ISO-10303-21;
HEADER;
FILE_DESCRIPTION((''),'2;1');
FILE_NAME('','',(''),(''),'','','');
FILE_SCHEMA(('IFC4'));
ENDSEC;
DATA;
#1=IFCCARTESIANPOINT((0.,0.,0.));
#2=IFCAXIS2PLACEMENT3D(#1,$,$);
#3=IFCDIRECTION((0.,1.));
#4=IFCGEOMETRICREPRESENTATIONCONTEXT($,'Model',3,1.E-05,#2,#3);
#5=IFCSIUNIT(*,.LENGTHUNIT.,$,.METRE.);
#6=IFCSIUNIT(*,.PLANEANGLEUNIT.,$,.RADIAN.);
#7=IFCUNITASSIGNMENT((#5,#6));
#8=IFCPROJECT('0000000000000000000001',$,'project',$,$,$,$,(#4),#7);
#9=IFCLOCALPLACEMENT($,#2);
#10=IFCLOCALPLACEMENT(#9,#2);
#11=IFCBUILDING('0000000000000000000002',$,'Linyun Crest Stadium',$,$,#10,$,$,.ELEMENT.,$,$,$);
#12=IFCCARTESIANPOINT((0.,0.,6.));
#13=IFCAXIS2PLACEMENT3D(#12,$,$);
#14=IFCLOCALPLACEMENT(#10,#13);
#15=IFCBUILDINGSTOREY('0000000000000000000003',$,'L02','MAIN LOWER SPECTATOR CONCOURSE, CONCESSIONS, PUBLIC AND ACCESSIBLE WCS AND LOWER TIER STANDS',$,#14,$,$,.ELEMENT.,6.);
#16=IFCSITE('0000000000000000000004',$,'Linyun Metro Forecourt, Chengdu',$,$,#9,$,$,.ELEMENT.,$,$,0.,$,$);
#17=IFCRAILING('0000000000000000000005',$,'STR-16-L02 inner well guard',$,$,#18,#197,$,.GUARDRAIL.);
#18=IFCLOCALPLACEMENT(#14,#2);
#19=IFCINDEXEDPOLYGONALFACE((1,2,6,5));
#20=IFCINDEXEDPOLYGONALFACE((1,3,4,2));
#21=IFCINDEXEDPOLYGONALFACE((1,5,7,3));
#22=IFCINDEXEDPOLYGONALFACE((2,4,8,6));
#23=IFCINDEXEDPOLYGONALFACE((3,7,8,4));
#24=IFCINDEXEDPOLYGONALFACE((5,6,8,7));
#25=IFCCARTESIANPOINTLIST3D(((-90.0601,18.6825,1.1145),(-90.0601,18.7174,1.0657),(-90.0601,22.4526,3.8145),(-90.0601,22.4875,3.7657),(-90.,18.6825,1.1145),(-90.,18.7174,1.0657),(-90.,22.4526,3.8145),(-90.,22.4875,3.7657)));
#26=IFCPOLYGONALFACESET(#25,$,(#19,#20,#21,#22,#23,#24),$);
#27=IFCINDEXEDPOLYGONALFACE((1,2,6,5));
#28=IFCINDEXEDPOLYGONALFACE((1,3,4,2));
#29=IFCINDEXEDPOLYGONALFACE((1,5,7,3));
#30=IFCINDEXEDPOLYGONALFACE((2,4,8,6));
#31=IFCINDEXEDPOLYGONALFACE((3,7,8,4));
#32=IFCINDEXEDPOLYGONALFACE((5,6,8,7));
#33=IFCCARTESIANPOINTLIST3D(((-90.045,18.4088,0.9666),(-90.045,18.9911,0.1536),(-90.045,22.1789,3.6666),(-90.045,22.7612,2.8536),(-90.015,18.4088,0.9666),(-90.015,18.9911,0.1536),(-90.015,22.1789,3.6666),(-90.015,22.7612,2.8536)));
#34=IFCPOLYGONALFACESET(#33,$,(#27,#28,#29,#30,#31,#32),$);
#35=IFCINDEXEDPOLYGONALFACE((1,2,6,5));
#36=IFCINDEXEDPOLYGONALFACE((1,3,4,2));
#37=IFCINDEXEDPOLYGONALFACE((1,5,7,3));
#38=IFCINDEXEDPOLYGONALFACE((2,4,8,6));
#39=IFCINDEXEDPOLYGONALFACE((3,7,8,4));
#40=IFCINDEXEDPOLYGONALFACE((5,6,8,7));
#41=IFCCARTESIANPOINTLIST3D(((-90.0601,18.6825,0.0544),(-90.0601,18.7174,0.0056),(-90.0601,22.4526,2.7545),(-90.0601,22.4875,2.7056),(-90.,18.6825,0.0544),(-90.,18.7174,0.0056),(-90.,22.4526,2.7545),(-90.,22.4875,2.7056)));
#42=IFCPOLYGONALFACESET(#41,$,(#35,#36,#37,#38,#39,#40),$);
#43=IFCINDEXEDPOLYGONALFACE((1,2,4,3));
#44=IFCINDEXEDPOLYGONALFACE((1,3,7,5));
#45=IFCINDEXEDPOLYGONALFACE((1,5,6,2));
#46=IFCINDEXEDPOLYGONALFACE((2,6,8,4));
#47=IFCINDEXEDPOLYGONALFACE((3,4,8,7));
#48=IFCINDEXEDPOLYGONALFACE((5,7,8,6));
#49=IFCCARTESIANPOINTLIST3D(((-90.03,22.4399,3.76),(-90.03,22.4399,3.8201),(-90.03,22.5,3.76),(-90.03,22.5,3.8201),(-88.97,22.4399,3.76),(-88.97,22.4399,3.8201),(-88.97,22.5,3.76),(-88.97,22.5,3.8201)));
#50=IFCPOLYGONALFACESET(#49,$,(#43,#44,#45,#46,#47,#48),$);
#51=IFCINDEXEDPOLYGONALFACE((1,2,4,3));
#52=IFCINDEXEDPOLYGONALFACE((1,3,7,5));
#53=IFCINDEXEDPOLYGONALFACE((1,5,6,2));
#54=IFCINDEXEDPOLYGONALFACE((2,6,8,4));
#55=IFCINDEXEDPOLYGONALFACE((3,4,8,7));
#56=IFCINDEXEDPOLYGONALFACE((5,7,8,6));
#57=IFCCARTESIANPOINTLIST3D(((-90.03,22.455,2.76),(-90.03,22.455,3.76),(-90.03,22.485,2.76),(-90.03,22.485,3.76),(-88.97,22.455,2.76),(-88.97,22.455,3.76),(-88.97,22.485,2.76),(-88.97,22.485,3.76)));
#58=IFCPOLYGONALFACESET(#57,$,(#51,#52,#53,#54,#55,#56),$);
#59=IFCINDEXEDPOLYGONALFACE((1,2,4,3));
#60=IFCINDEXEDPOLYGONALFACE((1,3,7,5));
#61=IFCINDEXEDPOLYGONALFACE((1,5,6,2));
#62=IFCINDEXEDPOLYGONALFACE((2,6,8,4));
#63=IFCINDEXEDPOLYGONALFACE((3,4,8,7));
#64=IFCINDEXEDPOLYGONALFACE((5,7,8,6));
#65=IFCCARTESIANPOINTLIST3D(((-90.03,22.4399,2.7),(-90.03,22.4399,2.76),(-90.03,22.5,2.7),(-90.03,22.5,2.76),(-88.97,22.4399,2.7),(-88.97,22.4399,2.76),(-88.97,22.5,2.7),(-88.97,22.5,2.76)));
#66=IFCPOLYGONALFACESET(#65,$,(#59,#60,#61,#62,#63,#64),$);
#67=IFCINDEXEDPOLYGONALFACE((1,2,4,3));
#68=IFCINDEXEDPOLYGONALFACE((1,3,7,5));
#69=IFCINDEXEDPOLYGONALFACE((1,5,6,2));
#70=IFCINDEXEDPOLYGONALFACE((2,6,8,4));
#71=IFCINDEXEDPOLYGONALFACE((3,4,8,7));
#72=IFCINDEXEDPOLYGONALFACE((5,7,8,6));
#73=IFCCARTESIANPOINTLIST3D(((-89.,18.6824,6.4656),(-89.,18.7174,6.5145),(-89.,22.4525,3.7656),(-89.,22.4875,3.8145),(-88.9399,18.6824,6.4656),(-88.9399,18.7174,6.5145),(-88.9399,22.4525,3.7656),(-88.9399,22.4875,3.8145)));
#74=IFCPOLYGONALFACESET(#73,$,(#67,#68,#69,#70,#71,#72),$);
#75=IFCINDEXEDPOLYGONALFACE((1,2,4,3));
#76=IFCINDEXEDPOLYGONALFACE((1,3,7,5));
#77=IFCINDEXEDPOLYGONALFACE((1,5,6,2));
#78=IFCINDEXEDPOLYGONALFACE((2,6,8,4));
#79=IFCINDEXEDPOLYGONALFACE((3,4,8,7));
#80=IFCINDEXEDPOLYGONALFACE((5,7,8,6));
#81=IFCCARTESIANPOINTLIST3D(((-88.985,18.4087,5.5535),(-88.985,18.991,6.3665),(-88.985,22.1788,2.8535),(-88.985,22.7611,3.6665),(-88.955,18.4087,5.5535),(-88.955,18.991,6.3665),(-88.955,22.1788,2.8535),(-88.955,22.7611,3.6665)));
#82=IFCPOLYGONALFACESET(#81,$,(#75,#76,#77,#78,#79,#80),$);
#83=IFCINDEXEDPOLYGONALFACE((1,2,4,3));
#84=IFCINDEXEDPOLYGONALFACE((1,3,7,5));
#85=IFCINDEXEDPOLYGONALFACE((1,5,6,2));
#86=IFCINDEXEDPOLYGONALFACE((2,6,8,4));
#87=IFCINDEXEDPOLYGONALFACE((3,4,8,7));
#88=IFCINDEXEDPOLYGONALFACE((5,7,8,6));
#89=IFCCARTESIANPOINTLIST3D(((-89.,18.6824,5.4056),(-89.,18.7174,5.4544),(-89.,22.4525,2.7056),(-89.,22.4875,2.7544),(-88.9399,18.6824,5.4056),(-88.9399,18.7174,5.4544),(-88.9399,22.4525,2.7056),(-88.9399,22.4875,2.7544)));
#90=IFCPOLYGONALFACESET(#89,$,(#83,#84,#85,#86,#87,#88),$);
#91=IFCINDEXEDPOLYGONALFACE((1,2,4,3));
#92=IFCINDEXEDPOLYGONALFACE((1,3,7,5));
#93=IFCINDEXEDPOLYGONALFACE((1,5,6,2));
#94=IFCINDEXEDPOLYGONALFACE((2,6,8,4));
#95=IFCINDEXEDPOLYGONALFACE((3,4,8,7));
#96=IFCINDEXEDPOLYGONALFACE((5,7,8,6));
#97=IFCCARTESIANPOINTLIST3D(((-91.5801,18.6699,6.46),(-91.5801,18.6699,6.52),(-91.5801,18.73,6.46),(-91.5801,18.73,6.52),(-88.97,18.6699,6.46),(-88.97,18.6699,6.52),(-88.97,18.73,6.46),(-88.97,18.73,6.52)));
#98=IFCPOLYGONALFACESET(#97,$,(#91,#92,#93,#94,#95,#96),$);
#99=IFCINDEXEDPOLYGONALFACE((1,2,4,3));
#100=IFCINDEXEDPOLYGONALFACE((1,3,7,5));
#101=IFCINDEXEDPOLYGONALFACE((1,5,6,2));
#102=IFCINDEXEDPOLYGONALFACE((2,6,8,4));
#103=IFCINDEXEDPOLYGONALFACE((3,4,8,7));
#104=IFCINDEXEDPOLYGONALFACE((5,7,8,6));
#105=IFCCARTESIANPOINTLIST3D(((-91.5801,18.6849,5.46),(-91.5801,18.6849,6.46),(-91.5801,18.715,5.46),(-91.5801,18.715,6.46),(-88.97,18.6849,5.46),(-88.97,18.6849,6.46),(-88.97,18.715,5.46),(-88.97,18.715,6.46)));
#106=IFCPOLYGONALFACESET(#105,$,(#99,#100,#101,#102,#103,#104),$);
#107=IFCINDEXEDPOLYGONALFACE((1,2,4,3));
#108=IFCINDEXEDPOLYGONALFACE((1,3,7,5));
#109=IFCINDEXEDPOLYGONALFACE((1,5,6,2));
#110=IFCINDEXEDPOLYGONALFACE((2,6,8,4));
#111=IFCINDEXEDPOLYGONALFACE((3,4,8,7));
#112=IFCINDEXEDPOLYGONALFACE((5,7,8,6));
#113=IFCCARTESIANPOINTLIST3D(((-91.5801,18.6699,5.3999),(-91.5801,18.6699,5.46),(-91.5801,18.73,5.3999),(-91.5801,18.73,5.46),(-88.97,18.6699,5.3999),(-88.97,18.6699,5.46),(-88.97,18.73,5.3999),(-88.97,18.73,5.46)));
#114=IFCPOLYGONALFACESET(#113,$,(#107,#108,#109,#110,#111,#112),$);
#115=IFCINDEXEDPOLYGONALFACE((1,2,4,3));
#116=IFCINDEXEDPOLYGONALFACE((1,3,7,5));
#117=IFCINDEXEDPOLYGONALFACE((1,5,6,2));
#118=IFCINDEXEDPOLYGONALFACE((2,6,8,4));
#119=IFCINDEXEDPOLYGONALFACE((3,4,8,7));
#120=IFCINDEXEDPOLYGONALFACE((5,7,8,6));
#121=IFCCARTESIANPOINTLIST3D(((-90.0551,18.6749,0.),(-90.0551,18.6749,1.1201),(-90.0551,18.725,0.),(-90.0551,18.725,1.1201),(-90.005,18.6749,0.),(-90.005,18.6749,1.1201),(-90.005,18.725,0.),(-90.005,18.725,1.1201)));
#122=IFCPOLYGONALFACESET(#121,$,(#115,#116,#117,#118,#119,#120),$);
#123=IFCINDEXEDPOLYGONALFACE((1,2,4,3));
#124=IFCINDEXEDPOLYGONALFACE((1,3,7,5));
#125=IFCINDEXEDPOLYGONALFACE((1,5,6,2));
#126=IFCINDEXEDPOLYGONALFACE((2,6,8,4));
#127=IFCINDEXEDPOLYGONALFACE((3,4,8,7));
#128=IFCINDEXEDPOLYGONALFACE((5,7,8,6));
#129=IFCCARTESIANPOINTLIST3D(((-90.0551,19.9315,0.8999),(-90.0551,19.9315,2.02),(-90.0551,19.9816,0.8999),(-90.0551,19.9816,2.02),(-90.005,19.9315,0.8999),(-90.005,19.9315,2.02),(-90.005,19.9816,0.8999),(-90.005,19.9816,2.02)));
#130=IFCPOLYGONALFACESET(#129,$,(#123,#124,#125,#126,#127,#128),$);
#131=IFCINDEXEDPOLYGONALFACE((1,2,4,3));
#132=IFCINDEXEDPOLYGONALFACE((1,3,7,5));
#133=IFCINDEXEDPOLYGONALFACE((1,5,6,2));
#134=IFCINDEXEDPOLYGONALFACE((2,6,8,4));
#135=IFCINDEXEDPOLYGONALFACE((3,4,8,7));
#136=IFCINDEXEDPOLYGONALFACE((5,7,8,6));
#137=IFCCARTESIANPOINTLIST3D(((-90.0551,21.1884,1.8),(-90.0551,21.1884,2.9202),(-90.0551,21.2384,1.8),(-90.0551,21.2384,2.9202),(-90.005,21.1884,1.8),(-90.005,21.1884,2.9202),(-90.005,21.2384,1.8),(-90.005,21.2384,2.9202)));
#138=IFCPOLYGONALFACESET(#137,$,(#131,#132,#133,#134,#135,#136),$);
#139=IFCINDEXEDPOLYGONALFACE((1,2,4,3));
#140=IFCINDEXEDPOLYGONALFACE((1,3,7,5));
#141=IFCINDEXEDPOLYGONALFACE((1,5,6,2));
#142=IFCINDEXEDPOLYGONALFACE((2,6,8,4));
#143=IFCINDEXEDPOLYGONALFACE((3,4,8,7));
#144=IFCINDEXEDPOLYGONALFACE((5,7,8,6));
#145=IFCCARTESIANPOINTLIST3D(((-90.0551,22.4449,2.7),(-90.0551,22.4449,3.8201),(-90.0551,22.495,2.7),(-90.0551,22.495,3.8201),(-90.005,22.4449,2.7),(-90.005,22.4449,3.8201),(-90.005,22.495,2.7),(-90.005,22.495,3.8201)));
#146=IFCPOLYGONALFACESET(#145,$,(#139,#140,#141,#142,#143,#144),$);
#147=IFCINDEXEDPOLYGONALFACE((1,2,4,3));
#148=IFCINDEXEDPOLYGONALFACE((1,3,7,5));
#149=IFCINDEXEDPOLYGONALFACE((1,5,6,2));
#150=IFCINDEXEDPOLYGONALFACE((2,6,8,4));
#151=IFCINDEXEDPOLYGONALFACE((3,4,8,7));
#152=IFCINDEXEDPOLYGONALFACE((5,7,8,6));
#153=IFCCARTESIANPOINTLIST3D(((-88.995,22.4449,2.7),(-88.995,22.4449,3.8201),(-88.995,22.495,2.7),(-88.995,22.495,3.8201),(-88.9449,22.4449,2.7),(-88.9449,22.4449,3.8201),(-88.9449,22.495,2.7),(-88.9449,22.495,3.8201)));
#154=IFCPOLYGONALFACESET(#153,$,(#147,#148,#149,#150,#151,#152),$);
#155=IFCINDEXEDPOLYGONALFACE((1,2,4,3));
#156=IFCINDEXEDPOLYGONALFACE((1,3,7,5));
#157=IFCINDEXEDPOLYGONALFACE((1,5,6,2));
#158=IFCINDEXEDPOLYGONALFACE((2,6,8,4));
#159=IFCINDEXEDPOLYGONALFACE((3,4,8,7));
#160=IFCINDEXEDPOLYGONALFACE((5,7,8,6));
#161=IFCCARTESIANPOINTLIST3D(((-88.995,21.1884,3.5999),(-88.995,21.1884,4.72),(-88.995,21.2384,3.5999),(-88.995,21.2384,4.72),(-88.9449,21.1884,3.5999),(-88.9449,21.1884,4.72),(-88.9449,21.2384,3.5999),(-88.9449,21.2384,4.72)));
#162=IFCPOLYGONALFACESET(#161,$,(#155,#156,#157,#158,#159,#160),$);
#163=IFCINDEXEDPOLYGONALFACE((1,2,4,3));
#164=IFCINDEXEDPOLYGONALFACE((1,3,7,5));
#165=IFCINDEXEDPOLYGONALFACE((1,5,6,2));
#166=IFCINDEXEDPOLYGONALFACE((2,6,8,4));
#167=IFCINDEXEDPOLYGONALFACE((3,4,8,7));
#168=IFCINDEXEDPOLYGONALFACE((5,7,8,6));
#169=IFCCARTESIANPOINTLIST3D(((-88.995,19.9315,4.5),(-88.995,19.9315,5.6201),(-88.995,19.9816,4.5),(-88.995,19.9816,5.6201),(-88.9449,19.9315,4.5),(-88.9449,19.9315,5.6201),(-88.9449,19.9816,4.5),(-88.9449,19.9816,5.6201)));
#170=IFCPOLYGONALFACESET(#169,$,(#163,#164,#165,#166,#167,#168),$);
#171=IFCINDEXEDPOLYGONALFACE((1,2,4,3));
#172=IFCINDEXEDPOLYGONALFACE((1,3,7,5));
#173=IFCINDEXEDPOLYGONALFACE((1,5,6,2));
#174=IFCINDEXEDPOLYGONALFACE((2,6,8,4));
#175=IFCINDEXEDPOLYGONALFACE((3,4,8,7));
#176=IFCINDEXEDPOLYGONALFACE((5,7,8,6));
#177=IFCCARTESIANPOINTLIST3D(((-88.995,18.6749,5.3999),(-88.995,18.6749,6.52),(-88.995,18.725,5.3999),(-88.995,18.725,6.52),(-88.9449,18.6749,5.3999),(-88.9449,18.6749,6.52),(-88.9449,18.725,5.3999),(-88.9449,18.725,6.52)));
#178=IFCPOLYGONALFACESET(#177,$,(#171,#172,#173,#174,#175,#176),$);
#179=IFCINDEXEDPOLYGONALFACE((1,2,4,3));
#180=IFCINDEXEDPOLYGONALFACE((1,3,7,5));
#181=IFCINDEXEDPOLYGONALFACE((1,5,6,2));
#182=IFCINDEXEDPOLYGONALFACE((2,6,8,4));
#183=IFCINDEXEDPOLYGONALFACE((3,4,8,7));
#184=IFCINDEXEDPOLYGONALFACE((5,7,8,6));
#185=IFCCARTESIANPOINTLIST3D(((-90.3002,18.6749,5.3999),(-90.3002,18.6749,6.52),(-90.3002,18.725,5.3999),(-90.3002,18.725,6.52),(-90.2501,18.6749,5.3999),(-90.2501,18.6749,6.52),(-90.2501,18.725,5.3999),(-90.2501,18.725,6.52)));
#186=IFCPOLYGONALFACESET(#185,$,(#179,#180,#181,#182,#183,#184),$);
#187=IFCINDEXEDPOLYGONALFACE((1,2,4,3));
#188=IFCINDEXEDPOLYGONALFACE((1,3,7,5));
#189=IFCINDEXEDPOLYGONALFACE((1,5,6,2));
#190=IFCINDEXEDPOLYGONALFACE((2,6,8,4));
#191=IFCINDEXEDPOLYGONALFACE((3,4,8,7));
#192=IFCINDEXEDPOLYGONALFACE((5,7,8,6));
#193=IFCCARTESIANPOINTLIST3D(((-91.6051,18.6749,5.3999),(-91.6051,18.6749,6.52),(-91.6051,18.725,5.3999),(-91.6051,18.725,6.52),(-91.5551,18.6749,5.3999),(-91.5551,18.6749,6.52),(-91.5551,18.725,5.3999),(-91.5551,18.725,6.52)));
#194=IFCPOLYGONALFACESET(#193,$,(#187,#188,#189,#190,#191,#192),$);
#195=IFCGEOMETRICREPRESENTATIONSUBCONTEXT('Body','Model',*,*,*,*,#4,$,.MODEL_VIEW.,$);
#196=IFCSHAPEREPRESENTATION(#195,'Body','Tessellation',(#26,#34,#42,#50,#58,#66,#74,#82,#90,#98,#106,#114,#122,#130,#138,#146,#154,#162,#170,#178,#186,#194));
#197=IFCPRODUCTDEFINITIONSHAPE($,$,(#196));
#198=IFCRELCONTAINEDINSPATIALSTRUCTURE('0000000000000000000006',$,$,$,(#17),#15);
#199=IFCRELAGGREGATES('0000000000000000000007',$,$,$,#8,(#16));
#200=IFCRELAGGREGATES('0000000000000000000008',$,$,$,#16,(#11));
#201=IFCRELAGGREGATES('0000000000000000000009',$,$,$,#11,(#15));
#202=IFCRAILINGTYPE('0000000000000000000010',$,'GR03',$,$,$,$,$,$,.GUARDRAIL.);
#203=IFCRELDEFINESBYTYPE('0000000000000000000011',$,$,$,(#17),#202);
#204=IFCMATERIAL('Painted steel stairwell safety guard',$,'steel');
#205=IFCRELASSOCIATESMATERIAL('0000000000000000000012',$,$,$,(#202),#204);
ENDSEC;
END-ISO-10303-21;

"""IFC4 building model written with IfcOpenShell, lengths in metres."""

from ifc_helpers import new_model, si_unit, direction, frame, origin, origin_2d, place, context, subcontext, project, spatial, rectangle, extrude, material, type_object, element, save


model = new_model("IFC4")

# Units and contexts
model_context = context("Model", 3, precision=1e-05, world=origin(), true_north=direction((0.0, 1.0)))
body_context = subcontext(model_context, "Body", "Model", "MODEL_VIEW")
ifc_project = project(units=[si_unit("LENGTHUNIT", "METRE"), si_unit("PLANEANGLEUNIT", "RADIAN")], contexts=[model_context])

# Site, building, storey
site_placement = place(None, origin())
site = spatial("IfcSite", under=ifc_project, at=site_placement, Name="Linyun Metro Forecourt, Chengdu", CompositionType="ELEMENT", RefElevation=0.0)
building_placement = place(site_placement, origin())
building = spatial("IfcBuilding", under=site, at=building_placement, Name="Linyun Crest Stadium", CompositionType="ELEMENT")
storey_placement = place(building_placement, frame((0.0, 0.0, 6.0)))
storey = spatial("IfcBuildingStorey", under=building, at=storey_placement, Name="L02", Description="MAIN LOWER SPECTATOR CONCOURSE, CONCESSIONS, PUBLIC AND ACCESSIBLE WCS AND LOWER TIER STANDS", CompositionType="ELEMENT", Elevation=6.0)

# Railing
ifc_material_1 = material(Name="Painted steel stairwell safety guard", Category="steel")
railing_type_1 = type_object("IfcRailingType", Name="GR03", PredefinedType="GUARDRAIL", material=ifc_material_1)
railing_1_placement = place(storey_placement, frame((-90.03, 18.7, 0.0)))
element("IfcRailing", 1, at=railing_1_placement, inside=storey, type_object=railing_type_1, Name="STR-16-L02 inner well guard", PredefinedType="GUARDRAIL", context=body_context, shape_type="SweptSolid", body=[
    extrude(rectangle(XDim=0.0601, YDim=0.0601, at=origin_2d()), frame((0.0, 0.0, 1.0901), z_axis=(0.0, 0.813011, 0.582249), x_axis=(-1.0, 0.0, 0.0)), (0.0, 0.0, 1.0), 4.6372),
    extrude(rectangle(XDim=0.03, YDim=1.0, at=origin_2d()), frame((0.0, 0.0, 0.5601), z_axis=(0.0, 0.813011, 0.582249), x_axis=(-1.0, 0.0, 0.0)), (0.0, 0.0, 1.0), 4.6372),
    extrude(rectangle(XDim=0.0601, YDim=0.0601, at=origin_2d()), frame((0.0, 0.0, 0.03), z_axis=(0.0, 0.813011, 0.582249), x_axis=(-1.0, 0.0, 0.0)), (0.0, 0.0, 1.0), 4.6372),
    extrude(rectangle(XDim=0.0601, YDim=0.0601, at=origin_2d()), frame((0.0, 3.77, 3.79), z_axis=(1.0, 0.0, 0.0), x_axis=(0.0, 1.0, 0.0)), (0.0, 0.0, 1.0), 1.0601),
    extrude(rectangle(XDim=0.03, YDim=1.0, at=origin_2d()), frame((0.0, 3.77, 3.26), z_axis=(1.0, 0.0, 0.0), x_axis=(0.0, 1.0, 0.0)), (0.0, 0.0, 1.0), 1.0601),
    extrude(rectangle(XDim=0.0601, YDim=0.0601, at=origin_2d()), frame((0.0, 3.77, 2.73), z_axis=(1.0, 0.0, 0.0), x_axis=(0.0, 1.0, 0.0)), (0.0, 0.0, 1.0), 1.0601),
    extrude(rectangle(XDim=0.0601, YDim=0.0601, at=origin_2d()), frame((1.0601, 3.77, 3.79), z_axis=(0.0, -0.813011, 0.582249), x_axis=(1.0, 0.0, 0.0)), (0.0, 0.0, 1.0), 4.6372),
    extrude(rectangle(XDim=0.03, YDim=1.0, at=origin_2d()), frame((1.0601, 3.77, 3.26), z_axis=(0.0, -0.813011, 0.582249), x_axis=(1.0, 0.0, 0.0)), (0.0, 0.0, 1.0), 4.6372),
    extrude(rectangle(XDim=0.0601, YDim=0.0601, at=origin_2d()), frame((1.0601, 3.77, 2.73), z_axis=(0.0, -0.813011, 0.582249), x_axis=(1.0, 0.0, 0.0)), (0.0, 0.0, 1.0), 4.6372),
    extrude(rectangle(XDim=0.0601, YDim=0.0601, at=origin_2d()), frame((1.0601, 0.0, 6.49), z_axis=(-1.0, 0.0, 0.0), x_axis=(0.0, -1.0, 0.0)), (0.0, 0.0, 1.0), 2.6101),
    extrude(rectangle(XDim=0.03, YDim=1.0, at=origin_2d()), frame((1.0601, 0.0, 5.96), z_axis=(-1.0, 0.0, 0.0), x_axis=(0.0, -1.0, 0.0)), (0.0, 0.0, 1.0), 2.6101),
    extrude(rectangle(XDim=0.0601, YDim=0.0601, at=origin_2d()), frame((1.0601, 0.0, 5.4299), z_axis=(-1.0, 0.0, 0.0), x_axis=(0.0, -1.0, 0.0)), (0.0, 0.0, 1.0), 2.6101),
    extrude(rectangle(XDim=0.05, YDim=0.05, at=origin_2d()), origin(), (0.0, 0.0, 1.0), 1.1201),
    extrude(rectangle(XDim=0.05, YDim=0.05, at=origin_2d()), frame((0.0, 1.2566, 0.8999)), (0.0, 0.0, 1.0), 1.1201),
    extrude(rectangle(XDim=0.05, YDim=0.05, at=origin_2d()), frame((0.0, 2.5134, 1.8)), (0.0, 0.0, 1.0), 1.1201),
    extrude(rectangle(XDim=0.05, YDim=0.05, at=origin_2d()), frame((0.0, 3.77, 2.7)), (0.0, 0.0, 1.0), 1.1201),
    extrude(rectangle(XDim=0.05, YDim=0.05, at=origin_2d()), frame((1.0601, 3.77, 2.7)), (0.0, 0.0, 1.0), 1.1201),
    extrude(rectangle(XDim=0.05, YDim=0.05, at=origin_2d()), frame((1.0601, 2.5134, 3.5999)), (0.0, 0.0, 1.0), 1.1201),
    extrude(rectangle(XDim=0.05, YDim=0.05, at=origin_2d()), frame((1.0601, 1.2566, 4.5)), (0.0, 0.0, 1.0), 1.1201),
    extrude(rectangle(XDim=0.05, YDim=0.05, at=origin_2d()), frame((1.0601, 0.0, 5.3999)), (0.0, 0.0, 1.0), 1.1201),
    extrude(rectangle(XDim=0.05, YDim=0.05, at=origin_2d()), frame((-0.2451, 0.0, 5.3999)), (0.0, 0.0, 1.0), 1.1201),
    extrude(rectangle(XDim=0.05, YDim=0.05, at=origin_2d()), frame((-1.55, 0.0, 5.3999)), (0.0, 0.0, 1.0), 1.1201),
])

save(model, "model.ifc")
